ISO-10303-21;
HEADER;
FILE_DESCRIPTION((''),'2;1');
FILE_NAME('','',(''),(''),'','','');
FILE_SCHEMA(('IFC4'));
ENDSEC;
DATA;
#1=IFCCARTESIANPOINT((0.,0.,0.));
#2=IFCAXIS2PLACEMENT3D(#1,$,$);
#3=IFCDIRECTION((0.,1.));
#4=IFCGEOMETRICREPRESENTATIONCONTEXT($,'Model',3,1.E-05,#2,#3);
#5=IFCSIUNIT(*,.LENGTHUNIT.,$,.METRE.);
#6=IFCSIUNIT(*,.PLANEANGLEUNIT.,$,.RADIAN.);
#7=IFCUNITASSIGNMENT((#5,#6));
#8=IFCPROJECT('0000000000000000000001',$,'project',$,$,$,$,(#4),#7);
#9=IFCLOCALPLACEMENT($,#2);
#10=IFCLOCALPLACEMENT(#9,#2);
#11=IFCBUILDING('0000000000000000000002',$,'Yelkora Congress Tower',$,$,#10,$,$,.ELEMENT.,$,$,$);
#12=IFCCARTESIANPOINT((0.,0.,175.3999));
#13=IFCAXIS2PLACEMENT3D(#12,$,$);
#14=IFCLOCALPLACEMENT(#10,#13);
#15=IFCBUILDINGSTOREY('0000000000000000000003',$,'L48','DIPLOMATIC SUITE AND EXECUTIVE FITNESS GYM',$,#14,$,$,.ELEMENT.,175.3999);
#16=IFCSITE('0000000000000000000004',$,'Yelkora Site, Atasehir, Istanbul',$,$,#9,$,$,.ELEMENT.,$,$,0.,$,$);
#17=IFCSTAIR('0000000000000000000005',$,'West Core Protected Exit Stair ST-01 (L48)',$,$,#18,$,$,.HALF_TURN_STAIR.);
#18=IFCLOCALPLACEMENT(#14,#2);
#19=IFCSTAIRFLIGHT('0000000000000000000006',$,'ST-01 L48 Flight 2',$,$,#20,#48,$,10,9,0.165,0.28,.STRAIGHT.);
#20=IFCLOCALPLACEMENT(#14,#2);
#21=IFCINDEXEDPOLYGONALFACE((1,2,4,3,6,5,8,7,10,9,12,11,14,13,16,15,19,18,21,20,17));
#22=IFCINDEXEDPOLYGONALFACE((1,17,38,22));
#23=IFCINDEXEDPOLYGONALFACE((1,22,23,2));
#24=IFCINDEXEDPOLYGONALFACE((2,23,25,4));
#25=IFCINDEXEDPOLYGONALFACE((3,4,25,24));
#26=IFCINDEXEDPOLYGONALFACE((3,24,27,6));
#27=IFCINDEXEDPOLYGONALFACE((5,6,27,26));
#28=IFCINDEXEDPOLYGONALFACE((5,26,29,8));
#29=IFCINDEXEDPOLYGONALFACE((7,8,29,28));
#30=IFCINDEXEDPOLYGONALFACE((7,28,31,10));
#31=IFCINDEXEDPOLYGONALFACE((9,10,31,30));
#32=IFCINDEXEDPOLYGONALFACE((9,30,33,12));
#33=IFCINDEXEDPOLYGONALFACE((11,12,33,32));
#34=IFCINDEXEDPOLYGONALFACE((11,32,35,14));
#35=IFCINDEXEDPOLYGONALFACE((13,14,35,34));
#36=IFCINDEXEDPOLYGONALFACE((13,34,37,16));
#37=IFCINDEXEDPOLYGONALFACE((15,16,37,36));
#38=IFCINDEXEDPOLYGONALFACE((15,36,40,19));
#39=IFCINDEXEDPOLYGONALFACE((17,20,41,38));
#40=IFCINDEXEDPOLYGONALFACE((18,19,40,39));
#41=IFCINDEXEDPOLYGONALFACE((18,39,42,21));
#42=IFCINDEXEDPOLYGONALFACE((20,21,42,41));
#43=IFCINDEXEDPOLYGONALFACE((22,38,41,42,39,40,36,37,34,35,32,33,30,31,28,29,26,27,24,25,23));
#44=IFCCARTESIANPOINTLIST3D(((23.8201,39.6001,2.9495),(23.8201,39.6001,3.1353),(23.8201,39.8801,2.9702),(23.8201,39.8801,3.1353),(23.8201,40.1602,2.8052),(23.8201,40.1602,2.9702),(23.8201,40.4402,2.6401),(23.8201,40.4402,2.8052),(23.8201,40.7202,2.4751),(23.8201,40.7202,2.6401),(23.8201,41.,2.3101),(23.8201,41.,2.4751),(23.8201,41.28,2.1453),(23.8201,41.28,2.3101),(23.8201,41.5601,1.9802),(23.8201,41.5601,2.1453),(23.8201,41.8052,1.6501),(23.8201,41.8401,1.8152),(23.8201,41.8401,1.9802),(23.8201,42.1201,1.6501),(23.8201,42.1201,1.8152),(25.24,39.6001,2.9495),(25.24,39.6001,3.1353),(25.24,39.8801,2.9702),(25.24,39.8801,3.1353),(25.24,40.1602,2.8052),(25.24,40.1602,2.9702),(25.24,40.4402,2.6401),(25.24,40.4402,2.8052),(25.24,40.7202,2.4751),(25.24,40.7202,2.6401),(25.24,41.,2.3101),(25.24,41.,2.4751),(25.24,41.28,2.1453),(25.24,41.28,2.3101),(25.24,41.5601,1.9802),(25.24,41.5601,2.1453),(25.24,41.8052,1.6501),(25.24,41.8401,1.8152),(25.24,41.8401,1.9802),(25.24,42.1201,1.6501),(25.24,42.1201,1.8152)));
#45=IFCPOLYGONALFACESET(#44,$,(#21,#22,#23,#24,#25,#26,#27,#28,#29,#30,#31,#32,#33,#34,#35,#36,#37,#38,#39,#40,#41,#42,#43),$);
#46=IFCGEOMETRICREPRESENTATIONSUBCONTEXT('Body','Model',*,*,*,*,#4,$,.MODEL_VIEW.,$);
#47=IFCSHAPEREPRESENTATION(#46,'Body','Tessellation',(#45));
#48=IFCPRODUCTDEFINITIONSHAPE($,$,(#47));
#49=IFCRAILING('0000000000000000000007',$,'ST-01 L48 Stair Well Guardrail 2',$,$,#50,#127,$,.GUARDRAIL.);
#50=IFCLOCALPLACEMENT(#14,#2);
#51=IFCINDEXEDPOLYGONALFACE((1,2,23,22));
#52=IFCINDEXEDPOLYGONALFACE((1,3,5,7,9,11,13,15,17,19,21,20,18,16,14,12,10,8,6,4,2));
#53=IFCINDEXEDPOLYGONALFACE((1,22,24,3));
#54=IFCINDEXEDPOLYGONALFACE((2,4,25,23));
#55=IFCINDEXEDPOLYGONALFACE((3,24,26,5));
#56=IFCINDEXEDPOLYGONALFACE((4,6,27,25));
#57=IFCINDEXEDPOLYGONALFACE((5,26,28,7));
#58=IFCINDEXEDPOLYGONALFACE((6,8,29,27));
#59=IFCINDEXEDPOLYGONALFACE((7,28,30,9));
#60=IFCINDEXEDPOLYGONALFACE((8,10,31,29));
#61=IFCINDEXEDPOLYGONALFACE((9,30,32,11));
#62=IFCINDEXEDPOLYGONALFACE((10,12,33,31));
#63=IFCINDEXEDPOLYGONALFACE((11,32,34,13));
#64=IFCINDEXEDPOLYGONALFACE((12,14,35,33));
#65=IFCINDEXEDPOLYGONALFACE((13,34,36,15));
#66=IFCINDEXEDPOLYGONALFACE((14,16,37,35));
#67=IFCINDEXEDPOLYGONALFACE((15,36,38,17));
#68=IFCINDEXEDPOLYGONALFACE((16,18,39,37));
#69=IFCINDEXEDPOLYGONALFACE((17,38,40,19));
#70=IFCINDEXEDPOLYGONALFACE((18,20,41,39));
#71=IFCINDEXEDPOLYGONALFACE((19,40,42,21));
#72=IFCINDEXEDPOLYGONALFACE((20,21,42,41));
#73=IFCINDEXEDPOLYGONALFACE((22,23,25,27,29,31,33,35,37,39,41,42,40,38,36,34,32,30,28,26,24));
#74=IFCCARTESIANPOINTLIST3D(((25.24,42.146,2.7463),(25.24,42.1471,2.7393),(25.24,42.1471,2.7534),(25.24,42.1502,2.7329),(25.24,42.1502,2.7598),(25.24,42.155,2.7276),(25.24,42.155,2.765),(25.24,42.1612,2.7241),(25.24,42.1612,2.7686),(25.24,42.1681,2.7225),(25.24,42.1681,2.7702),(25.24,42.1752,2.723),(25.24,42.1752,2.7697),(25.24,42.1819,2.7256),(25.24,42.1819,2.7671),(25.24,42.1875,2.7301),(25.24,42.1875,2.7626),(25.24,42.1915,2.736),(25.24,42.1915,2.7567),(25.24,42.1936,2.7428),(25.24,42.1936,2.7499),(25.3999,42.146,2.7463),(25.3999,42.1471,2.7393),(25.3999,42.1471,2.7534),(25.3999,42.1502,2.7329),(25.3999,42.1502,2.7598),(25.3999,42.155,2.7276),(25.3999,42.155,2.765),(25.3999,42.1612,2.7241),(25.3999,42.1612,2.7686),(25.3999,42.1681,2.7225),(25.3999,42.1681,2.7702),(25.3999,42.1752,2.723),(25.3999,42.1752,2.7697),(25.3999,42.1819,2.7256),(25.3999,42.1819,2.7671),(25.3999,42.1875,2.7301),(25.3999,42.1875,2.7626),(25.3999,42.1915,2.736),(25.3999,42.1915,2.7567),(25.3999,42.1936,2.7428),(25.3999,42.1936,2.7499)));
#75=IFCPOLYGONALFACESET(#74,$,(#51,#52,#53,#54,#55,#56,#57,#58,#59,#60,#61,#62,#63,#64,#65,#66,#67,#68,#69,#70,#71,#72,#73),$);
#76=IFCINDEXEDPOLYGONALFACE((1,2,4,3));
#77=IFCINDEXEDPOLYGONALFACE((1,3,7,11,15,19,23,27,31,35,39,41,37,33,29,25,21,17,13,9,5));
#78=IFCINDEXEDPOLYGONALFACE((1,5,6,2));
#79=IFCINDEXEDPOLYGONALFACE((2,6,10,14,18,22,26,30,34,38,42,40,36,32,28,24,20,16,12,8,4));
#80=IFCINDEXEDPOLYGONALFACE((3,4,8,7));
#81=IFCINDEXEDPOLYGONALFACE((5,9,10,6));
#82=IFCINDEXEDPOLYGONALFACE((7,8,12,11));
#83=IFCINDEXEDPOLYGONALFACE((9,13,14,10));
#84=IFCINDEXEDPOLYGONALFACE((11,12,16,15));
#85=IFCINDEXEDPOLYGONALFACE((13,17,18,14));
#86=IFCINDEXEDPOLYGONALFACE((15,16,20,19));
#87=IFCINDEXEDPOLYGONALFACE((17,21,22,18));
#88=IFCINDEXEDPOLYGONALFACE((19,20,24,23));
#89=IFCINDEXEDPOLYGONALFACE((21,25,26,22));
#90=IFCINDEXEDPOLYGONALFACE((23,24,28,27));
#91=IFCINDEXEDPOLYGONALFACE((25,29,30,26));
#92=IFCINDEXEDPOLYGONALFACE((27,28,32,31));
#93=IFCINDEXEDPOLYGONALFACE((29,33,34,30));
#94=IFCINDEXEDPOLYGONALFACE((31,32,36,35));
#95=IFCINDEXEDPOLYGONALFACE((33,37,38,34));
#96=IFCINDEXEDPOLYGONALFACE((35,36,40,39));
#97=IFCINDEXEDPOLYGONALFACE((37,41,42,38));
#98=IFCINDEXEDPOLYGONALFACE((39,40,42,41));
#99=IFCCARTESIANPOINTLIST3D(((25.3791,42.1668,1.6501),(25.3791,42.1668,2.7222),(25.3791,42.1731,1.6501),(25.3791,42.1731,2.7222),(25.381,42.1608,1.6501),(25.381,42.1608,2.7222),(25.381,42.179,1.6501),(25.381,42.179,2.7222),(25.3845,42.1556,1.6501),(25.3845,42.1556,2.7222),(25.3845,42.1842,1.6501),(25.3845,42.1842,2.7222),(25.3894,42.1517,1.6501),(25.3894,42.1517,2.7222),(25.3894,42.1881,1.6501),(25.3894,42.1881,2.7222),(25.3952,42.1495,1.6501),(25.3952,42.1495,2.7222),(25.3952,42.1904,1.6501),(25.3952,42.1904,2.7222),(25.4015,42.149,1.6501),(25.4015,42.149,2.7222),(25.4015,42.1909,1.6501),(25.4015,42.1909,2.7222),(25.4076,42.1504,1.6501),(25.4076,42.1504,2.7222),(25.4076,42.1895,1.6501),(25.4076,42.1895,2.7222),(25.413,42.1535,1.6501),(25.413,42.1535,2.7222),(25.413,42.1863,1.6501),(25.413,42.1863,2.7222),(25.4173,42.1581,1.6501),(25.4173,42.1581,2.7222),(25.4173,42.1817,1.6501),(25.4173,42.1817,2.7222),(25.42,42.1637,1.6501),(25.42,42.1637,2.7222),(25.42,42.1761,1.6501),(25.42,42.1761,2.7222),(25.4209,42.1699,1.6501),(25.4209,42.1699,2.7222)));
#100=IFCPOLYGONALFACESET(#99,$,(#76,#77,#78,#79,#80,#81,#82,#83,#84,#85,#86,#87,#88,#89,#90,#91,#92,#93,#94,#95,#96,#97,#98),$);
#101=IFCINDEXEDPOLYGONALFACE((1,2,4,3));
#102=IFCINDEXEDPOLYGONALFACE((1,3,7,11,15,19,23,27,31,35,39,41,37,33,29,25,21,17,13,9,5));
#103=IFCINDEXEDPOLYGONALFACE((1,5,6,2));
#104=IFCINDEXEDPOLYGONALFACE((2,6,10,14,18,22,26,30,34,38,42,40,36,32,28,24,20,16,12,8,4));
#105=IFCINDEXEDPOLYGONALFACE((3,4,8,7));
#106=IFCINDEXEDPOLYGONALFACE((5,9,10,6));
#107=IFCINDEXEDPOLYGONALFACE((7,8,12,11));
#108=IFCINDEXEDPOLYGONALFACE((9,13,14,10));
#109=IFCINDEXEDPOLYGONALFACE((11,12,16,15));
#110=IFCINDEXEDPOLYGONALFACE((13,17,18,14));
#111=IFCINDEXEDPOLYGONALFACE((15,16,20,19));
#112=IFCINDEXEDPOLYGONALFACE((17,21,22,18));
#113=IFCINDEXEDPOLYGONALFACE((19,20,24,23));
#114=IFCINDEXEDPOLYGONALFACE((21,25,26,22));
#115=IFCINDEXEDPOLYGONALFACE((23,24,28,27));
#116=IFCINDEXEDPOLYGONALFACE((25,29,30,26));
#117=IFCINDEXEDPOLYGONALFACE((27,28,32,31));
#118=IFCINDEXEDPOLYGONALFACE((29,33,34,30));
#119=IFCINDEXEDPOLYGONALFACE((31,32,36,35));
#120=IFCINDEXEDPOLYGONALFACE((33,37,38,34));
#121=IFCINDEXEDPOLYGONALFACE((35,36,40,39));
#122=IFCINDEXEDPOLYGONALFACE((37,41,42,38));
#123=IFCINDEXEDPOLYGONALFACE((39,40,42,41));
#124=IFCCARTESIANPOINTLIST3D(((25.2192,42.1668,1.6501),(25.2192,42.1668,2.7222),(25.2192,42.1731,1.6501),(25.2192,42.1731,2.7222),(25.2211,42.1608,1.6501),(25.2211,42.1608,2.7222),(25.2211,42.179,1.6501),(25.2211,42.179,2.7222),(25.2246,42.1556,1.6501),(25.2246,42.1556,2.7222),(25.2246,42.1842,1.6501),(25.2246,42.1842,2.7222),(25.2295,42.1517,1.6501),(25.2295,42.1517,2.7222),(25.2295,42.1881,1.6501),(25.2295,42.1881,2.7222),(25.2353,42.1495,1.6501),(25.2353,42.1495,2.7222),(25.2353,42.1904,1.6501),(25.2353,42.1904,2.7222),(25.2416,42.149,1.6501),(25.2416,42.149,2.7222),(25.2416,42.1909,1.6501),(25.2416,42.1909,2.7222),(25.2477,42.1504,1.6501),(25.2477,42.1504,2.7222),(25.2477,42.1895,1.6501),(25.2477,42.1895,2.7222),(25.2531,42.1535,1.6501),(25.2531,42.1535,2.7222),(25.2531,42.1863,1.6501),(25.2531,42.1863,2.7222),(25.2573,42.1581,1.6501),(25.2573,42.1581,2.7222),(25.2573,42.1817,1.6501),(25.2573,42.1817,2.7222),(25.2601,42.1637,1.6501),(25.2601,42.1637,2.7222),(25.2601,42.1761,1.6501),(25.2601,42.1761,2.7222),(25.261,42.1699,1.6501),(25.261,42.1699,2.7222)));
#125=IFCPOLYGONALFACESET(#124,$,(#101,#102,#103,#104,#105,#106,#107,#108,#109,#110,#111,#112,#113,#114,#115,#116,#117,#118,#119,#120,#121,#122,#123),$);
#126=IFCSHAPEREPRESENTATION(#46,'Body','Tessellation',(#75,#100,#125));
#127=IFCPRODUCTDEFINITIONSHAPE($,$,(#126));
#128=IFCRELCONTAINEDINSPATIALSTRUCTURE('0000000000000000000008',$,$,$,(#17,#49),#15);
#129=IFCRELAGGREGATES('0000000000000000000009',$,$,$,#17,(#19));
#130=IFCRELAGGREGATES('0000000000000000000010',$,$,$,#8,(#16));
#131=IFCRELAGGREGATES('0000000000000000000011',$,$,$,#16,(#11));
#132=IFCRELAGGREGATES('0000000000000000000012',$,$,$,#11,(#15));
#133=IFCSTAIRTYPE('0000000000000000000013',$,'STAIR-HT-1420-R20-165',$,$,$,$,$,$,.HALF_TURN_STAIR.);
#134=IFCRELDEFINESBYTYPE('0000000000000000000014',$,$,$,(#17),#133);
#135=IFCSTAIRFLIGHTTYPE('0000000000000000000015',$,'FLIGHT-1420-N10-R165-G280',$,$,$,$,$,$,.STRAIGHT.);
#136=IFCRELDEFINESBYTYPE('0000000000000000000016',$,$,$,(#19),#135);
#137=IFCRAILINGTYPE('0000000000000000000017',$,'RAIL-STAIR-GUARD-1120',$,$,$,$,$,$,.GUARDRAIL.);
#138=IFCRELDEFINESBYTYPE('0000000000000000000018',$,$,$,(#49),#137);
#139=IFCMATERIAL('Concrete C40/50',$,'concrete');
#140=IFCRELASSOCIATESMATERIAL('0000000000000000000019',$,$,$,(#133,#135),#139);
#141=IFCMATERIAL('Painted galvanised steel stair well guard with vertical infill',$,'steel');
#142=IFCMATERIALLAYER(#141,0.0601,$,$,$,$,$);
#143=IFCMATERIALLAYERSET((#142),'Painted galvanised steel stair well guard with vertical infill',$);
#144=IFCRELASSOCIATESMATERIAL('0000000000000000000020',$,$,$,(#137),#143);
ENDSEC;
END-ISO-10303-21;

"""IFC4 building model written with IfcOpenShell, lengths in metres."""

from ifc_helpers import new_model, si_unit, direction, frame, origin, origin_2d, place, context, subcontext, project, spatial, polyline, circle, outline, extrude, material, layer, layer_set, type_object, element, aggregate, save


model = new_model("IFC4")

# Units and contexts
model_context = context("Model", 3, precision=1e-05, world=origin(), true_north=direction((0.0, 1.0)))
body_context = subcontext(model_context, "Body", "Model", "MODEL_VIEW")
ifc_project = project(units=[si_unit("LENGTHUNIT", "METRE"), si_unit("PLANEANGLEUNIT", "RADIAN")], contexts=[model_context])

# Site, building, storey
site_placement = place(None, origin())
site = spatial("IfcSite", under=ifc_project, at=site_placement, Name="Yelkora Site, Atasehir, Istanbul", CompositionType="ELEMENT", RefElevation=0.0)
building_placement = place(site_placement, origin())
building = spatial("IfcBuilding", under=site, at=building_placement, Name="Yelkora Congress Tower", CompositionType="ELEMENT")
storey_placement = place(building_placement, frame((0.0, 0.0, 175.3999)))
storey = spatial("IfcBuildingStorey", under=building, at=storey_placement, Name="L48", Description="DIPLOMATIC SUITE AND EXECUTIVE FITNESS GYM", CompositionType="ELEMENT", Elevation=175.3999)

# Stair, stair flight
ifc_material_1 = material(Name="Concrete C40/50", Category="concrete")
stair_type = type_object("IfcStairType", Name="STAIR-HT-1420-R20-165", PredefinedType="HALF_TURN_STAIR", material=ifc_material_1)
stair_placement = place(storey_placement, origin())
stair = element("IfcStair", 1, at=stair_placement, inside=storey, type_object=stair_type, Name="West Core Protected Exit Stair ST-01 (L48)", PredefinedType="HALF_TURN_STAIR")
stair_flight_type = type_object("IfcStairFlightType", Name="FLIGHT-1420-N10-R165-G280", PredefinedType="STRAIGHT", material=ifc_material_1)
stair_flight_placement = place(storey_placement, frame((24.53, 42.1201, 1.6501), z_axis=(0.0, 0.0, 1.0), x_axis=(0.0, -1.0, 0.0)))
stair_flight = element("IfcStairFlight", 2, at=stair_flight_placement, type_object=stair_flight_type, Name="ST-01 L48 Flight 2", NumberOfRisers=10, NumberOfTreads=9, PredefinedType="STRAIGHT", RiserHeight=0.165, TreadLength=0.28, context=body_context, shape_type="SweptSolid", body=[
    extrude(outline(polyline([(0.0, 0.0), (0.0, 0.165), (0.28, 0.165), (0.28, 0.3301), (0.5601, 0.3301), (0.5601, 0.4951), (0.8401, 0.4951), (0.8401, 0.6599), (1.1201, 0.6599), (1.1201, 0.825), (1.3999, 0.825), (1.3999, 0.99), (1.6799, 0.99), (1.6799, 1.155), (1.96, 1.155), (1.96, 1.3201), (2.24, 1.3201), (2.24, 1.4851), (2.52, 1.4851), (2.52, 1.6499), (2.52, 1.2993), (0.3149, 0.0), (0.0, 0.0)])), frame((0.0, 0.71, 0.0), z_axis=(0.0, -1.0, 0.0), x_axis=(1.0, 0.0, 0.0)), (0.0, 0.0, 1.0), 1.4199),
])
aggregate(stair, [stair_flight])

# Railing
ifc_material_2 = material(Name="Painted galvanised steel stair well guard with vertical infill", Category="steel")
ifc_layer_1 = layer(ifc_material_2, 0.0601)
ifc_layer_set_1 = layer_set([ifc_layer_1], Name="Painted galvanised steel stair well guard with vertical infill")
railing_type_1 = type_object("IfcRailingType", Name="RAIL-STAIR-GUARD-1120", PredefinedType="GUARDRAIL", material=ifc_layer_set_1)
railing_1_placement = place(storey_placement, frame((25.3999, 42.1699, 1.6501)))
element("IfcRailing", 3, at=railing_1_placement, inside=storey, type_object=railing_type_1, Name="ST-01 L48 Stair Well Guardrail 2", PredefinedType="GUARDRAIL", context=body_context, shape_type="SweptSolid", body=[
    extrude(circle(Radius=0.0239, at=origin_2d()), frame((0.0, 0.0, 1.0962), z_axis=(-1.0, 0.0, 0.0), x_axis=(0.0, -1.0, 0.0)), (0.0, 0.0, 1.0), 0.1599),
    extrude(circle(Radius=0.021, at=origin_2d()), origin(), (0.0, 0.0, 1.0), 1.072),
    extrude(circle(Radius=0.021, at=origin_2d()), frame((-0.1599, 0.0, 0.0)), (0.0, 0.0, 1.0), 1.072),
])

save(model, "model.ifc")
